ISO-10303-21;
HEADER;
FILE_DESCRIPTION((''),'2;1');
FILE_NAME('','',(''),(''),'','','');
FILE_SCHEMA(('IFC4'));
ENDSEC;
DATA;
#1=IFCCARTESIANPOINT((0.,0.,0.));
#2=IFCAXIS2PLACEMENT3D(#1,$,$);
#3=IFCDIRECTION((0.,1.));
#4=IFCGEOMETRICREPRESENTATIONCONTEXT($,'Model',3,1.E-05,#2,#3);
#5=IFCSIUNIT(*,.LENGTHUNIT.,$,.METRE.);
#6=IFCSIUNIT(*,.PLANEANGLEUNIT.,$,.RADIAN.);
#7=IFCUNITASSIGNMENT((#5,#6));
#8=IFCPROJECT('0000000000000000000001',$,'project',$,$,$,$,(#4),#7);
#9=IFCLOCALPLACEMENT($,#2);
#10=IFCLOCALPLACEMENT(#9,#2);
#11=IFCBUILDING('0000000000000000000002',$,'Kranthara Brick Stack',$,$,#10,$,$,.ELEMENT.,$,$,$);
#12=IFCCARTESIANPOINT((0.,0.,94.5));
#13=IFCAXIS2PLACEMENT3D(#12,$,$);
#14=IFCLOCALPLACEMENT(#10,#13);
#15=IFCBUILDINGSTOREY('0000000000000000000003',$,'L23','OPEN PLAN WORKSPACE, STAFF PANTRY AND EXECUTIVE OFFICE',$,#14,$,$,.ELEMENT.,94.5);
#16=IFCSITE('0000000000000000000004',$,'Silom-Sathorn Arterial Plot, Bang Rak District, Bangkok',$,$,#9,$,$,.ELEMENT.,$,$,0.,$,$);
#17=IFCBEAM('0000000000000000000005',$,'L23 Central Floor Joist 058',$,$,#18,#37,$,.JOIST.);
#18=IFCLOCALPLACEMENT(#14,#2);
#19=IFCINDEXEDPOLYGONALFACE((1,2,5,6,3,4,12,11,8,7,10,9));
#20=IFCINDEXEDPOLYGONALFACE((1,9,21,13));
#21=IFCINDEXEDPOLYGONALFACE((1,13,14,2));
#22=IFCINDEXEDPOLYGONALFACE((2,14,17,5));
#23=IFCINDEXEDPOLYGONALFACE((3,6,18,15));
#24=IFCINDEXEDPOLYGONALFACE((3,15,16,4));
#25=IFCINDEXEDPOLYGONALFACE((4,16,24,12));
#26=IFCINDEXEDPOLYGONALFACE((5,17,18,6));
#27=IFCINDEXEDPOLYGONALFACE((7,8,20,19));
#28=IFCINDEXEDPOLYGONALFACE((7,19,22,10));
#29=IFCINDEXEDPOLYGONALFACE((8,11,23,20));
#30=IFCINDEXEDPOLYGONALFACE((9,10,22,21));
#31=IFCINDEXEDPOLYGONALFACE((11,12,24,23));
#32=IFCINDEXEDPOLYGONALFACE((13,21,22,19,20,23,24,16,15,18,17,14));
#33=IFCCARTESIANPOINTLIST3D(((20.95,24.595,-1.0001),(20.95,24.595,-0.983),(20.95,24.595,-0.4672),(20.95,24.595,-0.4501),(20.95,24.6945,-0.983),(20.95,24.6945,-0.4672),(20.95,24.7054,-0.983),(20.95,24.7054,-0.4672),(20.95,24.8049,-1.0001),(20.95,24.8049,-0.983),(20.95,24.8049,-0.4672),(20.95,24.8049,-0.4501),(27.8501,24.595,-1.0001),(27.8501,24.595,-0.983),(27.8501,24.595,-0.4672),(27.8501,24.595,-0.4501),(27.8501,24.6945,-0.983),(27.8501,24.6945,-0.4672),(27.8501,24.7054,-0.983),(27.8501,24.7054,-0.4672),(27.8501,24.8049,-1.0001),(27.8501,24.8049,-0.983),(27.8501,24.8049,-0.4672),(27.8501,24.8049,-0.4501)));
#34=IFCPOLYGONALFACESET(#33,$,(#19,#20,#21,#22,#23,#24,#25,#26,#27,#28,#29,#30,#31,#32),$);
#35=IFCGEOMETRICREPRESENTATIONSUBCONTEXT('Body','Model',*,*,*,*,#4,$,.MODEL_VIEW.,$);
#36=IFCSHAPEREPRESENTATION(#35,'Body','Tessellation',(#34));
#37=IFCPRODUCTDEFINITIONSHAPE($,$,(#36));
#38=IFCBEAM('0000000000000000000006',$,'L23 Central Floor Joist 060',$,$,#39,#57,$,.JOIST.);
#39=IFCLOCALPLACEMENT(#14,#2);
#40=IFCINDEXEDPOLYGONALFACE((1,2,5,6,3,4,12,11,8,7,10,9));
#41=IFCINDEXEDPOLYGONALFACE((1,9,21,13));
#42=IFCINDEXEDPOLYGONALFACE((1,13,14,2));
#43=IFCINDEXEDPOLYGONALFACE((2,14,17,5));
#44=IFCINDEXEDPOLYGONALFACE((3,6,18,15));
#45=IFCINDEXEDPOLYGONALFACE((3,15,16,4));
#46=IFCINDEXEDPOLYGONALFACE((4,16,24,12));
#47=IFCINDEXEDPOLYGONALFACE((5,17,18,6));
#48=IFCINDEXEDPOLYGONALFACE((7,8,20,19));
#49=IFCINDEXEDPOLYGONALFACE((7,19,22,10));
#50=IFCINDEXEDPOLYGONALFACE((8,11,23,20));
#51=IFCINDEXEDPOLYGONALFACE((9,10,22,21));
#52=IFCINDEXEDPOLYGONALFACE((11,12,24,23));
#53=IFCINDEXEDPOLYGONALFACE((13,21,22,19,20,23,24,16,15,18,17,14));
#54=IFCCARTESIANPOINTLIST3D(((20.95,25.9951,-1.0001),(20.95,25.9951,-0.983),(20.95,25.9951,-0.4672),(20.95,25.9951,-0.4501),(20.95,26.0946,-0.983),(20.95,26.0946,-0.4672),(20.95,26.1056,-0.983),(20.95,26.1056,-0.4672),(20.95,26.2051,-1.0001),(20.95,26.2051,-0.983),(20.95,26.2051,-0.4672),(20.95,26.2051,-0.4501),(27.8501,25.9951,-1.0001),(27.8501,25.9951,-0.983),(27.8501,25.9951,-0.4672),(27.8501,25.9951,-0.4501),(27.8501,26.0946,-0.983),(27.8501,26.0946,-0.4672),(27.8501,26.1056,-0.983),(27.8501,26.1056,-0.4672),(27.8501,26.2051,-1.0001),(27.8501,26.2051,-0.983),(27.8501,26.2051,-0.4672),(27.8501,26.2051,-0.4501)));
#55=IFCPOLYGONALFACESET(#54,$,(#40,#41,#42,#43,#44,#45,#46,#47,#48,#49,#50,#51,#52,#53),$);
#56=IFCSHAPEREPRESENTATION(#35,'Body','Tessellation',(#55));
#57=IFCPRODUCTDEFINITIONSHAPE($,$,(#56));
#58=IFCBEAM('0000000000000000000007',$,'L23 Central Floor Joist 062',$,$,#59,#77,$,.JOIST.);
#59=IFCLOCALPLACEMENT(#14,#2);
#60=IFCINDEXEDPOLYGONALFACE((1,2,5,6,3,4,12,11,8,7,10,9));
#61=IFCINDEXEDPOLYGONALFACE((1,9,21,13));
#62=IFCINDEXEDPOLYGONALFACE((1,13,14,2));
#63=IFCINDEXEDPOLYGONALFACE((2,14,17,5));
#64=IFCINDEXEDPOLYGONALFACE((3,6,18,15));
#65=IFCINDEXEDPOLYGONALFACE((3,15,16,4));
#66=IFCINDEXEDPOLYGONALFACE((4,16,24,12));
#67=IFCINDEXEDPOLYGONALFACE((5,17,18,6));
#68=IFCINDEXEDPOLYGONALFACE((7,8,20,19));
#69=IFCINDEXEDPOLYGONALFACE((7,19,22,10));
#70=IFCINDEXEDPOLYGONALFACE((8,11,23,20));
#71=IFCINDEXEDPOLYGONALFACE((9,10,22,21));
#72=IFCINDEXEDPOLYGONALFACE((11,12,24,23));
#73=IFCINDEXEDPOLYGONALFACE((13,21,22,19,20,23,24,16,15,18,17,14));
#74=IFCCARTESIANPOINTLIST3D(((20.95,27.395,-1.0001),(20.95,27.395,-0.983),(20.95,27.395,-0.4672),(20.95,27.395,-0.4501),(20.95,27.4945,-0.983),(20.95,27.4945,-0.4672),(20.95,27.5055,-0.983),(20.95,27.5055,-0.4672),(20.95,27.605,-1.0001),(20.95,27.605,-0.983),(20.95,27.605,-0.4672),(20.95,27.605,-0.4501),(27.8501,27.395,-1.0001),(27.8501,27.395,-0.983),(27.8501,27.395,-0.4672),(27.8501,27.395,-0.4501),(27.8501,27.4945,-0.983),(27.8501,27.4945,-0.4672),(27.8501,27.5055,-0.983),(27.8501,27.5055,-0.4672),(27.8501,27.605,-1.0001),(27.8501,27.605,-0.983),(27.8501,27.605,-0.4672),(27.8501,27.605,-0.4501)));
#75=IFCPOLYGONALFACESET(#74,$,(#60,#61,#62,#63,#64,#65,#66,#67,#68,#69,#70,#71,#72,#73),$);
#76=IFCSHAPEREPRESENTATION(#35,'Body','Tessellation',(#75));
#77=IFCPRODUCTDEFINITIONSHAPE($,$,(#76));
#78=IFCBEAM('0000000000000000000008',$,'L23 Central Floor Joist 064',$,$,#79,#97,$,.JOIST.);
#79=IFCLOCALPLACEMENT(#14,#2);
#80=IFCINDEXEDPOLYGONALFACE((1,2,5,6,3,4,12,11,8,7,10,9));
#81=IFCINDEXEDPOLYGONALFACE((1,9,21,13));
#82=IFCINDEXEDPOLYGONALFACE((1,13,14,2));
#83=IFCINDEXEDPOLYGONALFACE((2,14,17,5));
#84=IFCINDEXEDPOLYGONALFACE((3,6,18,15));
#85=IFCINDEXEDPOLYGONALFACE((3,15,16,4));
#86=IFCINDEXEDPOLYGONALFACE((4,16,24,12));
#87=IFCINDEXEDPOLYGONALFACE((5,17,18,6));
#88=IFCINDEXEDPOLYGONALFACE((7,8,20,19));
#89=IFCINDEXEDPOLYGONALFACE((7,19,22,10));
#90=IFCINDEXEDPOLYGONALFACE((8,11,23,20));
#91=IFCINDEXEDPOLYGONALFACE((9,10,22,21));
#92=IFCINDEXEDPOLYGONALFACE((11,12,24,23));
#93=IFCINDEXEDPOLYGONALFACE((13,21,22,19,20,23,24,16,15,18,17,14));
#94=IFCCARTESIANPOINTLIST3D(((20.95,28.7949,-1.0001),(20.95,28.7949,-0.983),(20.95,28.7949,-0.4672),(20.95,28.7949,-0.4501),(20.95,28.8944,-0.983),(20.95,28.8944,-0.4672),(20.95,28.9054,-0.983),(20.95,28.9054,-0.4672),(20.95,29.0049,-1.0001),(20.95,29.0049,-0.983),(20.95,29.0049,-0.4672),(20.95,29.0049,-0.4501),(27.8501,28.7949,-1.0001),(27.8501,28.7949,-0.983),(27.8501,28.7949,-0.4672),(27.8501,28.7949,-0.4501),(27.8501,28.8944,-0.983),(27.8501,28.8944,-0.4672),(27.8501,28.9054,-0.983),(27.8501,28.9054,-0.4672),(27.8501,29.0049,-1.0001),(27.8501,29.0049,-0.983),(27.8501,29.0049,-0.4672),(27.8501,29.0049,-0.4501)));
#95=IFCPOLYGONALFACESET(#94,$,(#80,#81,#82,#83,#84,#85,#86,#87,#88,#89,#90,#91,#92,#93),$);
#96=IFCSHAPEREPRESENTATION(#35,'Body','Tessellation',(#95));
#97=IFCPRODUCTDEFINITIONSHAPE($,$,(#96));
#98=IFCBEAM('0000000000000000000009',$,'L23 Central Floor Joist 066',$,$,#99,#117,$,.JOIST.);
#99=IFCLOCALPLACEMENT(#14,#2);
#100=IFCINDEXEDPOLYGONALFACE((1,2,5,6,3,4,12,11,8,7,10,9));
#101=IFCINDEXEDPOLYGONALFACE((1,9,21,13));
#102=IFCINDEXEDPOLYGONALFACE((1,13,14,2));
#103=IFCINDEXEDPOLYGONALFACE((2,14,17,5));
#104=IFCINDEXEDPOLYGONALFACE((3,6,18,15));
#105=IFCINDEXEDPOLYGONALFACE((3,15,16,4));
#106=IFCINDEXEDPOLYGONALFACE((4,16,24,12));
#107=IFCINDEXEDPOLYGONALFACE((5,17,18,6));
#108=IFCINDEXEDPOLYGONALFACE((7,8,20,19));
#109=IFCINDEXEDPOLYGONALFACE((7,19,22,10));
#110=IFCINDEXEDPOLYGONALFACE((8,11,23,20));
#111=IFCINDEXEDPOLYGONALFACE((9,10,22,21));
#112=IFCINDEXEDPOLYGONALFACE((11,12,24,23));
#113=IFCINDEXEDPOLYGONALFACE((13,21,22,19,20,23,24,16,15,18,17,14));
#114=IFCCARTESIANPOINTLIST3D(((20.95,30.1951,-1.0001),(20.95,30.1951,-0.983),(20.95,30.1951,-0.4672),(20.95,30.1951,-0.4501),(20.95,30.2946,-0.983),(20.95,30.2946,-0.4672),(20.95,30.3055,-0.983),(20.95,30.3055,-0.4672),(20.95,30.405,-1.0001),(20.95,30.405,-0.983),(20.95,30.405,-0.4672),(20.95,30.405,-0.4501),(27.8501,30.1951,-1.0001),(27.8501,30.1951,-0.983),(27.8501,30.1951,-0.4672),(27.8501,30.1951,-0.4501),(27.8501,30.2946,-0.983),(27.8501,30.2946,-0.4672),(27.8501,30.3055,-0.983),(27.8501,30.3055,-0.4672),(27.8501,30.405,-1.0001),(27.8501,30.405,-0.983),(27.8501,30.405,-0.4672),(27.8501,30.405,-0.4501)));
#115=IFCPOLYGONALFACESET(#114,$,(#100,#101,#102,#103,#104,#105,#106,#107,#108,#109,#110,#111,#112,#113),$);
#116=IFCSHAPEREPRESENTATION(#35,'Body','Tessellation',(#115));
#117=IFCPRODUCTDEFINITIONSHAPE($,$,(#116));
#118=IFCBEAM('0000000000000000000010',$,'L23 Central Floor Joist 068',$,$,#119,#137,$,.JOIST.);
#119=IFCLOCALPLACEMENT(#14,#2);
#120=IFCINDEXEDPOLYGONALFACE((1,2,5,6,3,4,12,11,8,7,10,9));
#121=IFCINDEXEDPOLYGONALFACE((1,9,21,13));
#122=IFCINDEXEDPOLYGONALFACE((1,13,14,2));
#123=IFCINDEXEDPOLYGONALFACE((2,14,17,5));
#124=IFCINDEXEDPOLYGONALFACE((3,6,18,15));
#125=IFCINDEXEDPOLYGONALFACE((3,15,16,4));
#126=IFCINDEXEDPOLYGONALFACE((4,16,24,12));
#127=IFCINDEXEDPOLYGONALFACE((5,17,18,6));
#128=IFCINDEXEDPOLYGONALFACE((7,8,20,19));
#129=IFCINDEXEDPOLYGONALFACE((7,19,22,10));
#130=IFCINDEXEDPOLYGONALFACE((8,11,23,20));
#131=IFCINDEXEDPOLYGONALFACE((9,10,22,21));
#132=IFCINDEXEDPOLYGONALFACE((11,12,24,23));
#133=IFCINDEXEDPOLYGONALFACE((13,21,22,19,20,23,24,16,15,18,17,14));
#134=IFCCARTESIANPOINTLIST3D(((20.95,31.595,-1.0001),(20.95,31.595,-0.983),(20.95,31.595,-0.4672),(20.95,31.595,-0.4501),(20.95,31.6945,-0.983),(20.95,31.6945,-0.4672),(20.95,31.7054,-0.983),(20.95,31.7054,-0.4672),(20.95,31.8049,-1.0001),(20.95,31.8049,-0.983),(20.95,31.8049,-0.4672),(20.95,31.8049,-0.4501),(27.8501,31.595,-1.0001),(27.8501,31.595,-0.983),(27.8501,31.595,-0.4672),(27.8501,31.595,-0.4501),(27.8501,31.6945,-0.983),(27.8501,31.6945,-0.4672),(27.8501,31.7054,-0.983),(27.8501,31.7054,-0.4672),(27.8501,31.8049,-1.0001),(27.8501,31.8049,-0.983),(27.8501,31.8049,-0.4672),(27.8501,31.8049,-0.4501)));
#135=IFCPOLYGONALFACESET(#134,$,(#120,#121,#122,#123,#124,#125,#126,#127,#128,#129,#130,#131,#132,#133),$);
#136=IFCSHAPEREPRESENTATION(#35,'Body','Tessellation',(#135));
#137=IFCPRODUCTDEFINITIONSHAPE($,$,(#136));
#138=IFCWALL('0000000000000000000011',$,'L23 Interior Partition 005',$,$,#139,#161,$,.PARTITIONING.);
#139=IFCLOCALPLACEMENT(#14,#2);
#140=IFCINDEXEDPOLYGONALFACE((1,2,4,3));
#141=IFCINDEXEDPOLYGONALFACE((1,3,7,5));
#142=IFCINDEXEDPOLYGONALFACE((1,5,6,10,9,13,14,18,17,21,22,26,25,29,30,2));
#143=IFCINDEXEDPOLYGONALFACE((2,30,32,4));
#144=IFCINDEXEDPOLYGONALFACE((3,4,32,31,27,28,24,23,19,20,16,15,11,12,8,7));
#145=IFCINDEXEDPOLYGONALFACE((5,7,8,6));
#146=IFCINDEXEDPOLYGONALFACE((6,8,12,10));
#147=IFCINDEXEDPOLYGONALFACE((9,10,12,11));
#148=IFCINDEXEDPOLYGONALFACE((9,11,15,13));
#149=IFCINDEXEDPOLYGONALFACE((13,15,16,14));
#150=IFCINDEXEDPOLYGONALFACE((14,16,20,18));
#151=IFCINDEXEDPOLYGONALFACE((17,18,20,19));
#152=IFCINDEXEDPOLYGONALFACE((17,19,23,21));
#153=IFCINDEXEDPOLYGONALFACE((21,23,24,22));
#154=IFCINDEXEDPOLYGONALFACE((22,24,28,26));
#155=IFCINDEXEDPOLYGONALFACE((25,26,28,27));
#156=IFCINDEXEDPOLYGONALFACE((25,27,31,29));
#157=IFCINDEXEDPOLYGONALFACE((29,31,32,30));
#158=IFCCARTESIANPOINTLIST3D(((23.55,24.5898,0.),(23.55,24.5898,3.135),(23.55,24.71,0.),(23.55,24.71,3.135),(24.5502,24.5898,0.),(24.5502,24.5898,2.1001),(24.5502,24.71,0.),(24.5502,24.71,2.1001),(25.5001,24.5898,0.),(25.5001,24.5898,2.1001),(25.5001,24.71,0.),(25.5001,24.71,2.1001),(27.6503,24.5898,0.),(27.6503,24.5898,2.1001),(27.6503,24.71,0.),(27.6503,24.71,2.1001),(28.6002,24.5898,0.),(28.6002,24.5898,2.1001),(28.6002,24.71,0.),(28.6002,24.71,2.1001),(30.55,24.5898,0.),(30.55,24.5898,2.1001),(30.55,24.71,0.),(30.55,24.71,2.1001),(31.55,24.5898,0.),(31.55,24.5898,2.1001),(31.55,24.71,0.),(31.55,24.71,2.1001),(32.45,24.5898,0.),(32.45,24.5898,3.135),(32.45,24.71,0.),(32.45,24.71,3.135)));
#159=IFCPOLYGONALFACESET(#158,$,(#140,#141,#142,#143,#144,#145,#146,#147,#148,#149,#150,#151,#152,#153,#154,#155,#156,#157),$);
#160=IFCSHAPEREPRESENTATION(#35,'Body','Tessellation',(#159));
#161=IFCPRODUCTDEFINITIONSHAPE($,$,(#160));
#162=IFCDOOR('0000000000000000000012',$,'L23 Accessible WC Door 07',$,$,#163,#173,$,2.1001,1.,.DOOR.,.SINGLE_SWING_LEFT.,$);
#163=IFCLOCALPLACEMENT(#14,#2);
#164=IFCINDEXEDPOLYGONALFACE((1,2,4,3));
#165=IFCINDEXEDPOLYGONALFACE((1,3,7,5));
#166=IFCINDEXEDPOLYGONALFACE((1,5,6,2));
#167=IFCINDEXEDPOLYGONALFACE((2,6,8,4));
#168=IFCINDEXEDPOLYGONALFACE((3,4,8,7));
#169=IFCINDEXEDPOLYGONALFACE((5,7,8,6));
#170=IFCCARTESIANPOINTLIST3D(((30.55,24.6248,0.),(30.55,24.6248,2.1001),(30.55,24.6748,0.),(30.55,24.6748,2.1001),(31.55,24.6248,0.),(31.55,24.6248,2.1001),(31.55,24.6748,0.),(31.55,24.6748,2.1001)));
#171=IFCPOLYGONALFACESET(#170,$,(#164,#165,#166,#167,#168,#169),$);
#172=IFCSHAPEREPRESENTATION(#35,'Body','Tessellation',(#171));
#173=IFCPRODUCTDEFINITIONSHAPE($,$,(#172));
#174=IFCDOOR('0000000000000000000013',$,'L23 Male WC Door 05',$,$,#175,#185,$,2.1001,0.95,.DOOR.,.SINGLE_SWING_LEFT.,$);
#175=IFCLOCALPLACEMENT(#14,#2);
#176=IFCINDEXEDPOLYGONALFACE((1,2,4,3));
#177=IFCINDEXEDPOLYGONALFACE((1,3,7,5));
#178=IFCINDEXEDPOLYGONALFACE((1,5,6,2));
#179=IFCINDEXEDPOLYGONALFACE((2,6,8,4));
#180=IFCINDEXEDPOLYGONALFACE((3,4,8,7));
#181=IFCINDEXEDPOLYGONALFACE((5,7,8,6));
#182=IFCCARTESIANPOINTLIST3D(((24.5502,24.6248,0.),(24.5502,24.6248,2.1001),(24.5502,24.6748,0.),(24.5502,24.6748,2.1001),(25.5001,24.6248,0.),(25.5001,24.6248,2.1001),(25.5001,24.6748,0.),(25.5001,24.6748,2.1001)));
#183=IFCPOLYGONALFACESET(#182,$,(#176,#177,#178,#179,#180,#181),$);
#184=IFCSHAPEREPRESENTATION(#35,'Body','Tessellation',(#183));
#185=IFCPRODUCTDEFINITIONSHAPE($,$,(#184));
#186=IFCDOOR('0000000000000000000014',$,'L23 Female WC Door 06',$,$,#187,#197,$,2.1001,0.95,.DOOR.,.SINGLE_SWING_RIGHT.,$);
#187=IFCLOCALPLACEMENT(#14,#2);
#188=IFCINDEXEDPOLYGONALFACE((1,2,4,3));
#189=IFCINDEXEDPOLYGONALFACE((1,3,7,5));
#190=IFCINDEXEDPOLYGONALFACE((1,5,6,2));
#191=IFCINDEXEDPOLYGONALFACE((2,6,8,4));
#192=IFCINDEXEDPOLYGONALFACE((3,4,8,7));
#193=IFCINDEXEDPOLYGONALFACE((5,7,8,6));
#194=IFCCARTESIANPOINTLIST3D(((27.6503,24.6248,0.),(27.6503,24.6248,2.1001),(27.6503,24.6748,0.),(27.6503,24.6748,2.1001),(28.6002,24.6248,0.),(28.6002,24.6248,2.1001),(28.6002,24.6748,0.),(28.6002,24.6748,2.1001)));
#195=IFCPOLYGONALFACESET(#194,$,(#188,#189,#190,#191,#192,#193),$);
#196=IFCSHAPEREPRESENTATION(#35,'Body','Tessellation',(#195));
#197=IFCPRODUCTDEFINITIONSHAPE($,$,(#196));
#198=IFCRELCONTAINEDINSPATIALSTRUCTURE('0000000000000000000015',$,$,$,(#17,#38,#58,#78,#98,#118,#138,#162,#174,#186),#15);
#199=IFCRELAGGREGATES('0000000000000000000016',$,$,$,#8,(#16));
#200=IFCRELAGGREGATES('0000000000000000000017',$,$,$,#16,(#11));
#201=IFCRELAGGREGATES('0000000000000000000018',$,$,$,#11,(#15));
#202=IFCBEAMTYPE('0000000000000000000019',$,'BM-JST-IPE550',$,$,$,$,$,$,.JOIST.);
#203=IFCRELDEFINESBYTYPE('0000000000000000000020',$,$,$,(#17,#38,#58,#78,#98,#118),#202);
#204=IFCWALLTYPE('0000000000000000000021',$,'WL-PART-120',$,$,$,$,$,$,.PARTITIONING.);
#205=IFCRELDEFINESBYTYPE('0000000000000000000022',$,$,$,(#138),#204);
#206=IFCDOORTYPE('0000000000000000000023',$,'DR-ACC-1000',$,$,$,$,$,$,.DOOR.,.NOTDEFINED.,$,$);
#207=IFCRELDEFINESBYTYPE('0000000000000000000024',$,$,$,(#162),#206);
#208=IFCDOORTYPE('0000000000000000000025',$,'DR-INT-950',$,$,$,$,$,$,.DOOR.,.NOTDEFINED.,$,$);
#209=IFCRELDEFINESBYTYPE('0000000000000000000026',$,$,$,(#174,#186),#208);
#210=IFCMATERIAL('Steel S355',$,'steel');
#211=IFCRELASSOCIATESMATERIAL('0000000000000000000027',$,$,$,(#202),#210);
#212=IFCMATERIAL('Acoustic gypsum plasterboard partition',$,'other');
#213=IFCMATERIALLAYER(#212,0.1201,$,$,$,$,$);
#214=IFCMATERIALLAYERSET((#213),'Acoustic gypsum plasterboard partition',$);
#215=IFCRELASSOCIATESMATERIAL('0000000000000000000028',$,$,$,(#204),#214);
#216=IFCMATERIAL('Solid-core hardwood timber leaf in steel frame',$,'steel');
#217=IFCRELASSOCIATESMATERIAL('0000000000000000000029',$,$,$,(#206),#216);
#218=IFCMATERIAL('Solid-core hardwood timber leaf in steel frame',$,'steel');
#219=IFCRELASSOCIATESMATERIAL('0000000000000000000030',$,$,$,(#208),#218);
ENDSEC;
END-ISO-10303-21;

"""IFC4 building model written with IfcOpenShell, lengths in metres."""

from ifc_helpers import new_model, si_unit, direction, frame, frame_2d, origin, origin_2d, place, context, subcontext, project, spatial, rectangle, i_section, extrude, material, layer, layer_set, material_profile, profile_set, type_object, element, fill, save


model = new_model("IFC4")

# Units and contexts
model_context = context("Model", 3, precision=1e-05, world=origin(), true_north=direction((0.0, 1.0)))
body_context = subcontext(model_context, "Body", "Model", "MODEL_VIEW")
ifc_project = project(units=[si_unit("LENGTHUNIT", "METRE"), si_unit("PLANEANGLEUNIT", "RADIAN")], contexts=[model_context])

# Site, building, storey
site_placement = place(None, origin())
site = spatial("IfcSite", under=ifc_project, at=site_placement, Name="Silom-Sathorn Arterial Plot, Bang Rak District, Bangkok", CompositionType="ELEMENT", RefElevation=0.0)
building_placement = place(site_placement, origin())
building = spatial("IfcBuilding", under=site, at=building_placement, Name="Kranthara Brick Stack", CompositionType="ELEMENT")
storey_placement = place(building_placement, frame((0.0, 0.0, 94.5)))
storey = spatial("IfcBuildingStorey", under=building, at=storey_placement, Name="L23", Description="OPEN PLAN WORKSPACE, STAFF PANTRY AND EXECUTIVE OFFICE", CompositionType="ELEMENT", Elevation=94.5)

# Beams
ifc_material_1 = material(Name="Steel S355", Category="steel")
ifc_material_profile = material_profile(ifc_material_1, i_section(OverallWidth=0.21, OverallDepth=0.55, WebThickness=0.011, FlangeThickness=0.0171, at=origin_2d()), Name="IPE 550")
ifc_profile_set = profile_set([ifc_material_profile], Name="Steel S355")
beam_type = type_object("IfcBeamType", Name="BM-JST-IPE550", PredefinedType="JOIST", material=ifc_profile_set)
for number, where, z_axis, x_axis, name in (
    (1, (20.95, 24.7, -0.7251), (1.0, 0.0, 0.0), (0.0, 1.0, 0.0), "L23 Central Floor Joist 058"),
    (2, (20.95, 26.1001, -0.7251), (1.0, 0.0, 0.0), (0.0, 1.0, 0.0), "L23 Central Floor Joist 060"),
    (3, (20.95, 27.5, -0.7251), (1.0, 0.0, 0.0), (0.0, 1.0, 0.0), "L23 Central Floor Joist 062"),
    (4, (20.95, 28.8999, -0.7251), (1.0, 0.0, 0.0), (0.0, 1.0, 0.0), "L23 Central Floor Joist 064"),
    (5, (20.95, 30.3, -0.7251), (1.0, 0.0, 0.0), (0.0, 1.0, 0.0), "L23 Central Floor Joist 066"),
    (6, (20.95, 31.7, -0.7251), (1.0, 0.0, 0.0), (0.0, 1.0, 0.0), "L23 Central Floor Joist 068"),
):
    element("IfcBeam", number, at=place(storey_placement, frame(where, z_axis=z_axis, x_axis=x_axis)), inside=storey, type_object=beam_type, Name=name, PredefinedType="JOIST", context=body_context, shape_type="SweptSolid", body=[
        extrude(i_section(OverallWidth=0.21, OverallDepth=0.55, WebThickness=0.011, FlangeThickness=0.0171, at=origin_2d()), origin(), (0.0, 0.0, 1.0), 6.9001),
    ])

# Wall, openings, doors
ifc_material_2 = material(Name="Acoustic gypsum plasterboard partition", Category="other")
ifc_layer_1 = layer(ifc_material_2, 0.1201)
ifc_layer_set_1 = layer_set([ifc_layer_1], Name="Acoustic gypsum plasterboard partition")
wall_type_1 = type_object("IfcWallType", Name="WL-PART-120", PredefinedType="PARTITIONING", material=ifc_layer_set_1)
wall_1_placement = place(storey_placement, frame((23.55, 24.6499, 0.0), z_axis=(0.0, 0.0, 1.0), x_axis=(1.0, 0.0, 0.0)))
wall_1 = element("IfcWall", 7, at=wall_1_placement, inside=storey, type_object=wall_type_1, Name="L23 Interior Partition 005", PredefinedType="PARTITIONING", context=body_context, shape_type="SweptSolid", body=[
    extrude(rectangle(XDim=8.8999, YDim=0.1201, at=frame_2d((4.45, 0.0))), origin(), (0.0, 0.0, 1.0), 3.135),
])
opening_1_placement = place(wall_1_placement, frame((1.0, 0.0, 0.0)))
opening_1 = element("IfcOpeningElement", 8, at=opening_1_placement, cuts=wall_1, PredefinedType="OPENING", context=body_context, shape_type="SweptSolid", body=[
    extrude(rectangle(XDim=0.95, YDim=2.1001, at=frame_2d((0.4751, 1.05))), frame((0.0, 0.0701, 0.0), z_axis=(0.0, -1.0, 0.0), x_axis=(1.0, 0.0, 0.0)), (0.0, 0.0, 1.0), 0.1401),
])
opening_2_placement = place(wall_1_placement, frame((4.1001, 0.0, 0.0)))
opening_2 = element("IfcOpeningElement", 9, at=opening_2_placement, cuts=wall_1, PredefinedType="OPENING", context=body_context, shape_type="SweptSolid", body=[
    extrude(rectangle(XDim=0.95, YDim=2.1001, at=frame_2d((0.4751, 1.05))), frame((0.0, 0.0701, 0.0), z_axis=(0.0, -1.0, 0.0), x_axis=(1.0, 0.0, 0.0)), (0.0, 0.0, 1.0), 0.1401),
])
opening_3_placement = place(wall_1_placement, frame((7.0, 0.0, 0.0)))
opening_3 = element("IfcOpeningElement", 10, at=opening_3_placement, cuts=wall_1, PredefinedType="OPENING", context=body_context, shape_type="SweptSolid", body=[
    extrude(rectangle(XDim=1.0, YDim=2.1001, at=frame_2d((0.5, 1.05))), frame((0.0, 0.0701, 0.0), z_axis=(0.0, -1.0, 0.0), x_axis=(1.0, 0.0, 0.0)), (0.0, 0.0, 1.0), 0.1401),
])
ifc_material_3 = material(Name="Solid-core hardwood timber leaf in steel frame", Category="steel")
door_type_1 = type_object("IfcDoorType", Name="DR-ACC-1000", OperationType="NOTDEFINED", PredefinedType="DOOR", material=ifc_material_3)
door_1_placement = place(opening_3_placement, origin())
door_1 = element("IfcDoor", 11, at=door_1_placement, inside=storey, type_object=door_type_1, Name="L23 Accessible WC Door 07", OperationType="SINGLE_SWING_LEFT", OverallHeight=2.1001, OverallWidth=1.0, PredefinedType="DOOR", context=body_context, shape_type="SweptSolid", body=[
    extrude(rectangle(XDim=1.0, YDim=2.1001, at=frame_2d((0.5, 1.05))), frame((0.0, 0.0249, 0.0), z_axis=(0.0, -1.0, 0.0), x_axis=(1.0, 0.0, 0.0)), (0.0, 0.0, 1.0), 0.05),
])
fill(opening_3, door_1)
ifc_material_4 = material(Name="Solid-core hardwood timber leaf in steel frame", Category="steel")
door_type_2 = type_object("IfcDoorType", Name="DR-INT-950", OperationType="NOTDEFINED", PredefinedType="DOOR", material=ifc_material_4)
door_2_placement = place(opening_1_placement, origin())
door_2 = element("IfcDoor", 12, at=door_2_placement, inside=storey, type_object=door_type_2, Name="L23 Male WC Door 05", OperationType="SINGLE_SWING_LEFT", OverallHeight=2.1001, OverallWidth=0.95, PredefinedType="DOOR", context=body_context, shape_type="SweptSolid", body=[
    extrude(rectangle(XDim=0.95, YDim=2.1001, at=frame_2d((0.4751, 1.05))), frame((0.0, 0.0249, 0.0), z_axis=(0.0, -1.0, 0.0), x_axis=(1.0, 0.0, 0.0)), (0.0, 0.0, 1.0), 0.05),
])
fill(opening_1, door_2)
door_3_placement = place(opening_2_placement, origin())
door_3 = element("IfcDoor", 13, at=door_3_placement, inside=storey, type_object=door_type_2, Name="L23 Female WC Door 06", OperationType="SINGLE_SWING_RIGHT", OverallHeight=2.1001, OverallWidth=0.95, PredefinedType="DOOR", context=body_context, shape_type="SweptSolid", body=[
    extrude(rectangle(XDim=0.95, YDim=2.1001, at=frame_2d((0.4751, 1.05))), frame((0.0, 0.0249, 0.0), z_axis=(0.0, -1.0, 0.0), x_axis=(1.0, 0.0, 0.0)), (0.0, 0.0, 1.0), 0.05),
])
fill(opening_2, door_3)

save(model, "model.ifc")
